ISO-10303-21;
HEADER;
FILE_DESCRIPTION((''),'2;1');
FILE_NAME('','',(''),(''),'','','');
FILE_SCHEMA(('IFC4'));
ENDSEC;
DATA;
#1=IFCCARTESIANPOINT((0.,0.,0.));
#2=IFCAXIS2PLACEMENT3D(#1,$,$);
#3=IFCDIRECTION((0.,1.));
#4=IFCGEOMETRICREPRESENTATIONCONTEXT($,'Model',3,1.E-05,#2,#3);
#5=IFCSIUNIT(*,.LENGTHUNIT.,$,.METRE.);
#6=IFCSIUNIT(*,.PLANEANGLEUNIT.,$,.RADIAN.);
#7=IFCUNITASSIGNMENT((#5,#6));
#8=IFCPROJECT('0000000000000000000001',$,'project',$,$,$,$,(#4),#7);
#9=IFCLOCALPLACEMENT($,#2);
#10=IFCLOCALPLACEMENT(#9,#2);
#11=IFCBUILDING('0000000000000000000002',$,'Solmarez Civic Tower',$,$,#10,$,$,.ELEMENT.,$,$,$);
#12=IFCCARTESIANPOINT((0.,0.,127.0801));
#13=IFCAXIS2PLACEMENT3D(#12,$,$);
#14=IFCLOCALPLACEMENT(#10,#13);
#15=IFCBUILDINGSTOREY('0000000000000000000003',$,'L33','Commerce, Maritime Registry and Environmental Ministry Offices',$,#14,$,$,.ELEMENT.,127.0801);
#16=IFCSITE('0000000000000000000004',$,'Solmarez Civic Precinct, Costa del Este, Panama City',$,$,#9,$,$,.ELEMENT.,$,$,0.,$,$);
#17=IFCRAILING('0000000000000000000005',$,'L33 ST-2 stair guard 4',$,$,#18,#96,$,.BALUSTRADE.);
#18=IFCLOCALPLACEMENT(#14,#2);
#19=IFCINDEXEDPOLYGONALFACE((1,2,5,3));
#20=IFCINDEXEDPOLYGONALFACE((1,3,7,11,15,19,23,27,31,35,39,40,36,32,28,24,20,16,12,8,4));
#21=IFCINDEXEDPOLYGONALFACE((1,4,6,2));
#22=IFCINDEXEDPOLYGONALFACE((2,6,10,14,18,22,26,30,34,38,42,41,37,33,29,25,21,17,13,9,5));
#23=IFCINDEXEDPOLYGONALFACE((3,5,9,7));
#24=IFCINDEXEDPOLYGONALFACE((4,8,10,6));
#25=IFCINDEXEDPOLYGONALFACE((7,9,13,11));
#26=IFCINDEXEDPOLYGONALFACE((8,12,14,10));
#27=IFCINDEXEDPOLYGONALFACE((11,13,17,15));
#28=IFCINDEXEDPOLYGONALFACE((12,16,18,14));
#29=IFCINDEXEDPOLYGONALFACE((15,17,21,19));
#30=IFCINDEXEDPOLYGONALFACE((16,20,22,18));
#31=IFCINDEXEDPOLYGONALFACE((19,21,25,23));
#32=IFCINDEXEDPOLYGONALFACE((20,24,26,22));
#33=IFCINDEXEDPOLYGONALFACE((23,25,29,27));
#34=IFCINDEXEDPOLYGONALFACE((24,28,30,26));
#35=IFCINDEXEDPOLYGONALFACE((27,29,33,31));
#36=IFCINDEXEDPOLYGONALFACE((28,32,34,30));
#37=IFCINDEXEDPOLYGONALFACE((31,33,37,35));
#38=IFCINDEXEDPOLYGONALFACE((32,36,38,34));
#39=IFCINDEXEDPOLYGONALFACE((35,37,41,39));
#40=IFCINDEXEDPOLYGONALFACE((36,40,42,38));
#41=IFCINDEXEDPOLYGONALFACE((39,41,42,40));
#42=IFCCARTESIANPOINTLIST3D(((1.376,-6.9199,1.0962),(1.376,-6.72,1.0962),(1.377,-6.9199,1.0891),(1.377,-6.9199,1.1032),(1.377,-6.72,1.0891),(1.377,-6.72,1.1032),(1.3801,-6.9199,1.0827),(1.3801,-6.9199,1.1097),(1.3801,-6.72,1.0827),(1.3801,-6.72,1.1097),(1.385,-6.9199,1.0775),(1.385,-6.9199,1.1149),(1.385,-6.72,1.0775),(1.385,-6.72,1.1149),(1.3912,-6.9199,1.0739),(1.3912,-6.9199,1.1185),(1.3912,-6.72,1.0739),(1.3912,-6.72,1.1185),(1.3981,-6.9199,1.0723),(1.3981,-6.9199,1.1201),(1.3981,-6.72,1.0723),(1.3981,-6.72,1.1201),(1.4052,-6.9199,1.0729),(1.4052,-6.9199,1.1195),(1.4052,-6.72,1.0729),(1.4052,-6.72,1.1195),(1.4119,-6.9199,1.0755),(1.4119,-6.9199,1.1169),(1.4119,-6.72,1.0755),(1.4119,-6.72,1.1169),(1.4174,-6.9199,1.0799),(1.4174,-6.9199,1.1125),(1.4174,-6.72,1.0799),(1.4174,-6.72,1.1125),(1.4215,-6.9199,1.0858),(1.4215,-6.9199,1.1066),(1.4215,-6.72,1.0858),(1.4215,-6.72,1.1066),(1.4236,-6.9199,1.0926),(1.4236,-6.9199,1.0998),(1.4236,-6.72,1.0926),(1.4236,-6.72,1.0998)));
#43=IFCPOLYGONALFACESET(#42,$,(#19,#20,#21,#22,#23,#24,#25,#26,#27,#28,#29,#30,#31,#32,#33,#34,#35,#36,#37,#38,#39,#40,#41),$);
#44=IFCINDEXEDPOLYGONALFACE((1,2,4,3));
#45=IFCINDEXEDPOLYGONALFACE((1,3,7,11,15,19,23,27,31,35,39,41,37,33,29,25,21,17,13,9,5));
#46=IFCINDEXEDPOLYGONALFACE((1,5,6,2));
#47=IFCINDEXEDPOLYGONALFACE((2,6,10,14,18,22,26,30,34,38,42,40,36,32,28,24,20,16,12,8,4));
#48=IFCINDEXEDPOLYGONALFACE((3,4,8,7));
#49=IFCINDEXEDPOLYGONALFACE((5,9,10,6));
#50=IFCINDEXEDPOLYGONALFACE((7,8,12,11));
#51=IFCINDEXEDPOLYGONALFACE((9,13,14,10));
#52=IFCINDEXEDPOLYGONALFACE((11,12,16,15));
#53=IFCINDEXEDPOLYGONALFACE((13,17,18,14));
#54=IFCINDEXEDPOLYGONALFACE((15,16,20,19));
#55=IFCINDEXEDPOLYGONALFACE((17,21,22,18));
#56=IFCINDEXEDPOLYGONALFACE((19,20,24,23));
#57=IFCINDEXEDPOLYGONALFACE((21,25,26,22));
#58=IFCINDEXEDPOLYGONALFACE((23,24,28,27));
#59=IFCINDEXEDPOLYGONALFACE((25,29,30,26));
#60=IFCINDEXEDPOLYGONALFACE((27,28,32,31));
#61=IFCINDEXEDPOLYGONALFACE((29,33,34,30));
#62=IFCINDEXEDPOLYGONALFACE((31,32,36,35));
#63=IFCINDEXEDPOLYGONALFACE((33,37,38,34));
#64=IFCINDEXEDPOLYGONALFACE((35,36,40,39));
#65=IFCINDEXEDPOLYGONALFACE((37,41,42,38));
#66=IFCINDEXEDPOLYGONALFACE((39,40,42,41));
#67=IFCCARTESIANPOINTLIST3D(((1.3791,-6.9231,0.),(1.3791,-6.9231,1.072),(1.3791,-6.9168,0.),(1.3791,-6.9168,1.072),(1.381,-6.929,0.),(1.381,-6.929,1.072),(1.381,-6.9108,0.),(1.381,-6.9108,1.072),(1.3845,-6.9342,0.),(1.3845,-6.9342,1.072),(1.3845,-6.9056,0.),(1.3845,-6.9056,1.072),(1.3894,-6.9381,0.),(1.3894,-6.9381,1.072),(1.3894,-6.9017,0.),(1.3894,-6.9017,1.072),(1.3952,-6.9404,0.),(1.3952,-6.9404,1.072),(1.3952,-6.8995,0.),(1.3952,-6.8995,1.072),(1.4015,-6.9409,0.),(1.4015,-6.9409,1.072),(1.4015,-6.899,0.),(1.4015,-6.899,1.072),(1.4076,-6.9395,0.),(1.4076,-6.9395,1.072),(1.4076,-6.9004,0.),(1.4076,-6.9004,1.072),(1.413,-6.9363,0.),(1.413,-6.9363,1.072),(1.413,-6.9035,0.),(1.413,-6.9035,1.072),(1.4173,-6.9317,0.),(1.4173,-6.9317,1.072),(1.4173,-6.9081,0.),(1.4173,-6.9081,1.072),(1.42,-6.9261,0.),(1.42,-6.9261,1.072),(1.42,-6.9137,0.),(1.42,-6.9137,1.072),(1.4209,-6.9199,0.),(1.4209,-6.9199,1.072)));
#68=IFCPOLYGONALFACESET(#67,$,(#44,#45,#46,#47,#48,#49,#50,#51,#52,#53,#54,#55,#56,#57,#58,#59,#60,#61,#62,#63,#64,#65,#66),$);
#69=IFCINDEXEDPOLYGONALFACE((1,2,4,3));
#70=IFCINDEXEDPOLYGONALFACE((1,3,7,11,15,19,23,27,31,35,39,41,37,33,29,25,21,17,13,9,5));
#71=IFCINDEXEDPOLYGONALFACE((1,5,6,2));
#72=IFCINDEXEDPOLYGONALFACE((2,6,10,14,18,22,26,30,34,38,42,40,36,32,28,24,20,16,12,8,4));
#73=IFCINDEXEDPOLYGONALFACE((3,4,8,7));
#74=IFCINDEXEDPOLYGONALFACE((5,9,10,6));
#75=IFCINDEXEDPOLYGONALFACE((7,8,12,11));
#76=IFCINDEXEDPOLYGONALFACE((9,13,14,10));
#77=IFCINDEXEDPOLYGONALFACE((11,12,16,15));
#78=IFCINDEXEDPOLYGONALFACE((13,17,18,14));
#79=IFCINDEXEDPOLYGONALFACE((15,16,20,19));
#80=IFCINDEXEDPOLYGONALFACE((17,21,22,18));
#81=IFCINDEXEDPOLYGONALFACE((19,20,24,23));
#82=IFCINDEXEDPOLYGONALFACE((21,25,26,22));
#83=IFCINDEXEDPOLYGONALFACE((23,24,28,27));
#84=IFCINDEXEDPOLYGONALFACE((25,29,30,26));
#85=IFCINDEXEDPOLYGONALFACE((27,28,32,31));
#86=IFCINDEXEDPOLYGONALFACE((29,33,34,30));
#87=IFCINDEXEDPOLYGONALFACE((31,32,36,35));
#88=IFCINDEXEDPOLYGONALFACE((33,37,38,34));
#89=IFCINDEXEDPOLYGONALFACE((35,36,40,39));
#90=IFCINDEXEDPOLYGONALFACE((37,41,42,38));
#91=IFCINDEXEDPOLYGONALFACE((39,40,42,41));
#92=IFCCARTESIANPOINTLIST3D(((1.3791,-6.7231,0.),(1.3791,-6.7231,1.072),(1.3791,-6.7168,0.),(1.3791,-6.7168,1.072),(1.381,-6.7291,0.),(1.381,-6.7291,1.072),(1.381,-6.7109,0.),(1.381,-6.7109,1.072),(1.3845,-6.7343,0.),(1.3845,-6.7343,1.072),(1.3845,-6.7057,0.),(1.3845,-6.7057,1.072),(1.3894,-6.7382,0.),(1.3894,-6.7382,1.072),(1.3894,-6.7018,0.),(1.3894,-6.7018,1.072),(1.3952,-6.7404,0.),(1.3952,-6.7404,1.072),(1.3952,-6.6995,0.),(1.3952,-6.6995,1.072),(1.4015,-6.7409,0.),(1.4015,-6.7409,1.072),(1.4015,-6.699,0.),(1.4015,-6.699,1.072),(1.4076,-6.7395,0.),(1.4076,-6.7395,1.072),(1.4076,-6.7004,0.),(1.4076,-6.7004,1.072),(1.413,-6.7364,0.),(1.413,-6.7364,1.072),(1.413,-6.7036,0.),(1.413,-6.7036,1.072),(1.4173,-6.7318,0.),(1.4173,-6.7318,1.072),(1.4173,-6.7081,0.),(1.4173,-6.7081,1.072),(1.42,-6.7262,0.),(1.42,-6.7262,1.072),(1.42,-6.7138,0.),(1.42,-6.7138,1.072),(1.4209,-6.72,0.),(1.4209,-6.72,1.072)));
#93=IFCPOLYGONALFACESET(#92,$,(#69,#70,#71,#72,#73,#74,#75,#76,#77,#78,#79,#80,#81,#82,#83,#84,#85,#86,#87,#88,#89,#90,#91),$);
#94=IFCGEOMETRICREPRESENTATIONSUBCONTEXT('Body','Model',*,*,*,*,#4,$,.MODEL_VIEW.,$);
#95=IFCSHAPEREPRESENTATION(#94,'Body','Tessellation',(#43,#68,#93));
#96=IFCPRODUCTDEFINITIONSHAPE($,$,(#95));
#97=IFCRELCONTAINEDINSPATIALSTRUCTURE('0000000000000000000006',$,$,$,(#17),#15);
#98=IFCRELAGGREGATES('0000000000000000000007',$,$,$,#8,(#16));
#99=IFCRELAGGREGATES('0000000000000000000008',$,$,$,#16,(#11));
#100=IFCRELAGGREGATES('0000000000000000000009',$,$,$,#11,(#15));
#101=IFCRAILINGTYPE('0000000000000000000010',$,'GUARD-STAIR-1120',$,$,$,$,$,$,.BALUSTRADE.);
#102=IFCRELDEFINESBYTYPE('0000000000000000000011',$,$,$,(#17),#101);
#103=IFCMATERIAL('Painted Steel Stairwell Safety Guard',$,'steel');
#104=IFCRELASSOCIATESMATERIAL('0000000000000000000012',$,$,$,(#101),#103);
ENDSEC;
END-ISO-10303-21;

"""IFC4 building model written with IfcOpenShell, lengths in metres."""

from ifc_helpers import new_model, si_unit, direction, frame, origin, origin_2d, place, context, subcontext, project, spatial, circle, extrude, material, type_object, element, save


model = new_model("IFC4")

# Units and contexts
model_context = context("Model", 3, precision=1e-05, world=origin(), true_north=direction((0.0, 1.0)))
body_context = subcontext(model_context, "Body", "Model", "MODEL_VIEW")
ifc_project = project(units=[si_unit("LENGTHUNIT", "METRE"), si_unit("PLANEANGLEUNIT", "RADIAN")], contexts=[model_context])

# Site, building, storey
site_placement = place(None, origin())
site = spatial("IfcSite", under=ifc_project, at=site_placement, Name="Solmarez Civic Precinct, Costa del Este, Panama City", CompositionType="ELEMENT", RefElevation=0.0)
building_placement = place(site_placement, origin())
building = spatial("IfcBuilding", under=site, at=building_placement, Name="Solmarez Civic Tower", CompositionType="ELEMENT")
storey_placement = place(building_placement, frame((0.0, 0.0, 127.0801)))
storey = spatial("IfcBuildingStorey", under=building, at=storey_placement, Name="L33", Description="Commerce, Maritime Registry and Environmental Ministry Offices", CompositionType="ELEMENT", Elevation=127.0801)

# Railing
ifc_material_1 = material(Name="Painted Steel Stairwell Safety Guard", Category="steel")
railing_type_1 = type_object("IfcRailingType", Name="GUARD-STAIR-1120", PredefinedType="BALUSTRADE", material=ifc_material_1)
railing_1_placement = place(storey_placement, frame((1.3999, -6.9199, 0.0)))
element("IfcRailing", 1, at=railing_1_placement, inside=storey, type_object=railing_type_1, Name="L33 ST-2 stair guard 4", PredefinedType="BALUSTRADE", context=body_context, shape_type="SweptSolid", body=[
    extrude(circle(Radius=0.0239, at=origin_2d()), frame((0.0, 0.0, 1.0962), z_axis=(0.0, 1.0, 0.0), x_axis=(-1.0, 0.0, 0.0)), (0.0, 0.0, 1.0), 0.2),
    extrude(circle(Radius=0.021, at=origin_2d()), origin(), (0.0, 0.0, 1.0), 1.072),
    extrude(circle(Radius=0.021, at=origin_2d()), frame((0.0, 0.2, 0.0)), (0.0, 0.0, 1.0), 1.072),
])

save(model, "model.ifc")
